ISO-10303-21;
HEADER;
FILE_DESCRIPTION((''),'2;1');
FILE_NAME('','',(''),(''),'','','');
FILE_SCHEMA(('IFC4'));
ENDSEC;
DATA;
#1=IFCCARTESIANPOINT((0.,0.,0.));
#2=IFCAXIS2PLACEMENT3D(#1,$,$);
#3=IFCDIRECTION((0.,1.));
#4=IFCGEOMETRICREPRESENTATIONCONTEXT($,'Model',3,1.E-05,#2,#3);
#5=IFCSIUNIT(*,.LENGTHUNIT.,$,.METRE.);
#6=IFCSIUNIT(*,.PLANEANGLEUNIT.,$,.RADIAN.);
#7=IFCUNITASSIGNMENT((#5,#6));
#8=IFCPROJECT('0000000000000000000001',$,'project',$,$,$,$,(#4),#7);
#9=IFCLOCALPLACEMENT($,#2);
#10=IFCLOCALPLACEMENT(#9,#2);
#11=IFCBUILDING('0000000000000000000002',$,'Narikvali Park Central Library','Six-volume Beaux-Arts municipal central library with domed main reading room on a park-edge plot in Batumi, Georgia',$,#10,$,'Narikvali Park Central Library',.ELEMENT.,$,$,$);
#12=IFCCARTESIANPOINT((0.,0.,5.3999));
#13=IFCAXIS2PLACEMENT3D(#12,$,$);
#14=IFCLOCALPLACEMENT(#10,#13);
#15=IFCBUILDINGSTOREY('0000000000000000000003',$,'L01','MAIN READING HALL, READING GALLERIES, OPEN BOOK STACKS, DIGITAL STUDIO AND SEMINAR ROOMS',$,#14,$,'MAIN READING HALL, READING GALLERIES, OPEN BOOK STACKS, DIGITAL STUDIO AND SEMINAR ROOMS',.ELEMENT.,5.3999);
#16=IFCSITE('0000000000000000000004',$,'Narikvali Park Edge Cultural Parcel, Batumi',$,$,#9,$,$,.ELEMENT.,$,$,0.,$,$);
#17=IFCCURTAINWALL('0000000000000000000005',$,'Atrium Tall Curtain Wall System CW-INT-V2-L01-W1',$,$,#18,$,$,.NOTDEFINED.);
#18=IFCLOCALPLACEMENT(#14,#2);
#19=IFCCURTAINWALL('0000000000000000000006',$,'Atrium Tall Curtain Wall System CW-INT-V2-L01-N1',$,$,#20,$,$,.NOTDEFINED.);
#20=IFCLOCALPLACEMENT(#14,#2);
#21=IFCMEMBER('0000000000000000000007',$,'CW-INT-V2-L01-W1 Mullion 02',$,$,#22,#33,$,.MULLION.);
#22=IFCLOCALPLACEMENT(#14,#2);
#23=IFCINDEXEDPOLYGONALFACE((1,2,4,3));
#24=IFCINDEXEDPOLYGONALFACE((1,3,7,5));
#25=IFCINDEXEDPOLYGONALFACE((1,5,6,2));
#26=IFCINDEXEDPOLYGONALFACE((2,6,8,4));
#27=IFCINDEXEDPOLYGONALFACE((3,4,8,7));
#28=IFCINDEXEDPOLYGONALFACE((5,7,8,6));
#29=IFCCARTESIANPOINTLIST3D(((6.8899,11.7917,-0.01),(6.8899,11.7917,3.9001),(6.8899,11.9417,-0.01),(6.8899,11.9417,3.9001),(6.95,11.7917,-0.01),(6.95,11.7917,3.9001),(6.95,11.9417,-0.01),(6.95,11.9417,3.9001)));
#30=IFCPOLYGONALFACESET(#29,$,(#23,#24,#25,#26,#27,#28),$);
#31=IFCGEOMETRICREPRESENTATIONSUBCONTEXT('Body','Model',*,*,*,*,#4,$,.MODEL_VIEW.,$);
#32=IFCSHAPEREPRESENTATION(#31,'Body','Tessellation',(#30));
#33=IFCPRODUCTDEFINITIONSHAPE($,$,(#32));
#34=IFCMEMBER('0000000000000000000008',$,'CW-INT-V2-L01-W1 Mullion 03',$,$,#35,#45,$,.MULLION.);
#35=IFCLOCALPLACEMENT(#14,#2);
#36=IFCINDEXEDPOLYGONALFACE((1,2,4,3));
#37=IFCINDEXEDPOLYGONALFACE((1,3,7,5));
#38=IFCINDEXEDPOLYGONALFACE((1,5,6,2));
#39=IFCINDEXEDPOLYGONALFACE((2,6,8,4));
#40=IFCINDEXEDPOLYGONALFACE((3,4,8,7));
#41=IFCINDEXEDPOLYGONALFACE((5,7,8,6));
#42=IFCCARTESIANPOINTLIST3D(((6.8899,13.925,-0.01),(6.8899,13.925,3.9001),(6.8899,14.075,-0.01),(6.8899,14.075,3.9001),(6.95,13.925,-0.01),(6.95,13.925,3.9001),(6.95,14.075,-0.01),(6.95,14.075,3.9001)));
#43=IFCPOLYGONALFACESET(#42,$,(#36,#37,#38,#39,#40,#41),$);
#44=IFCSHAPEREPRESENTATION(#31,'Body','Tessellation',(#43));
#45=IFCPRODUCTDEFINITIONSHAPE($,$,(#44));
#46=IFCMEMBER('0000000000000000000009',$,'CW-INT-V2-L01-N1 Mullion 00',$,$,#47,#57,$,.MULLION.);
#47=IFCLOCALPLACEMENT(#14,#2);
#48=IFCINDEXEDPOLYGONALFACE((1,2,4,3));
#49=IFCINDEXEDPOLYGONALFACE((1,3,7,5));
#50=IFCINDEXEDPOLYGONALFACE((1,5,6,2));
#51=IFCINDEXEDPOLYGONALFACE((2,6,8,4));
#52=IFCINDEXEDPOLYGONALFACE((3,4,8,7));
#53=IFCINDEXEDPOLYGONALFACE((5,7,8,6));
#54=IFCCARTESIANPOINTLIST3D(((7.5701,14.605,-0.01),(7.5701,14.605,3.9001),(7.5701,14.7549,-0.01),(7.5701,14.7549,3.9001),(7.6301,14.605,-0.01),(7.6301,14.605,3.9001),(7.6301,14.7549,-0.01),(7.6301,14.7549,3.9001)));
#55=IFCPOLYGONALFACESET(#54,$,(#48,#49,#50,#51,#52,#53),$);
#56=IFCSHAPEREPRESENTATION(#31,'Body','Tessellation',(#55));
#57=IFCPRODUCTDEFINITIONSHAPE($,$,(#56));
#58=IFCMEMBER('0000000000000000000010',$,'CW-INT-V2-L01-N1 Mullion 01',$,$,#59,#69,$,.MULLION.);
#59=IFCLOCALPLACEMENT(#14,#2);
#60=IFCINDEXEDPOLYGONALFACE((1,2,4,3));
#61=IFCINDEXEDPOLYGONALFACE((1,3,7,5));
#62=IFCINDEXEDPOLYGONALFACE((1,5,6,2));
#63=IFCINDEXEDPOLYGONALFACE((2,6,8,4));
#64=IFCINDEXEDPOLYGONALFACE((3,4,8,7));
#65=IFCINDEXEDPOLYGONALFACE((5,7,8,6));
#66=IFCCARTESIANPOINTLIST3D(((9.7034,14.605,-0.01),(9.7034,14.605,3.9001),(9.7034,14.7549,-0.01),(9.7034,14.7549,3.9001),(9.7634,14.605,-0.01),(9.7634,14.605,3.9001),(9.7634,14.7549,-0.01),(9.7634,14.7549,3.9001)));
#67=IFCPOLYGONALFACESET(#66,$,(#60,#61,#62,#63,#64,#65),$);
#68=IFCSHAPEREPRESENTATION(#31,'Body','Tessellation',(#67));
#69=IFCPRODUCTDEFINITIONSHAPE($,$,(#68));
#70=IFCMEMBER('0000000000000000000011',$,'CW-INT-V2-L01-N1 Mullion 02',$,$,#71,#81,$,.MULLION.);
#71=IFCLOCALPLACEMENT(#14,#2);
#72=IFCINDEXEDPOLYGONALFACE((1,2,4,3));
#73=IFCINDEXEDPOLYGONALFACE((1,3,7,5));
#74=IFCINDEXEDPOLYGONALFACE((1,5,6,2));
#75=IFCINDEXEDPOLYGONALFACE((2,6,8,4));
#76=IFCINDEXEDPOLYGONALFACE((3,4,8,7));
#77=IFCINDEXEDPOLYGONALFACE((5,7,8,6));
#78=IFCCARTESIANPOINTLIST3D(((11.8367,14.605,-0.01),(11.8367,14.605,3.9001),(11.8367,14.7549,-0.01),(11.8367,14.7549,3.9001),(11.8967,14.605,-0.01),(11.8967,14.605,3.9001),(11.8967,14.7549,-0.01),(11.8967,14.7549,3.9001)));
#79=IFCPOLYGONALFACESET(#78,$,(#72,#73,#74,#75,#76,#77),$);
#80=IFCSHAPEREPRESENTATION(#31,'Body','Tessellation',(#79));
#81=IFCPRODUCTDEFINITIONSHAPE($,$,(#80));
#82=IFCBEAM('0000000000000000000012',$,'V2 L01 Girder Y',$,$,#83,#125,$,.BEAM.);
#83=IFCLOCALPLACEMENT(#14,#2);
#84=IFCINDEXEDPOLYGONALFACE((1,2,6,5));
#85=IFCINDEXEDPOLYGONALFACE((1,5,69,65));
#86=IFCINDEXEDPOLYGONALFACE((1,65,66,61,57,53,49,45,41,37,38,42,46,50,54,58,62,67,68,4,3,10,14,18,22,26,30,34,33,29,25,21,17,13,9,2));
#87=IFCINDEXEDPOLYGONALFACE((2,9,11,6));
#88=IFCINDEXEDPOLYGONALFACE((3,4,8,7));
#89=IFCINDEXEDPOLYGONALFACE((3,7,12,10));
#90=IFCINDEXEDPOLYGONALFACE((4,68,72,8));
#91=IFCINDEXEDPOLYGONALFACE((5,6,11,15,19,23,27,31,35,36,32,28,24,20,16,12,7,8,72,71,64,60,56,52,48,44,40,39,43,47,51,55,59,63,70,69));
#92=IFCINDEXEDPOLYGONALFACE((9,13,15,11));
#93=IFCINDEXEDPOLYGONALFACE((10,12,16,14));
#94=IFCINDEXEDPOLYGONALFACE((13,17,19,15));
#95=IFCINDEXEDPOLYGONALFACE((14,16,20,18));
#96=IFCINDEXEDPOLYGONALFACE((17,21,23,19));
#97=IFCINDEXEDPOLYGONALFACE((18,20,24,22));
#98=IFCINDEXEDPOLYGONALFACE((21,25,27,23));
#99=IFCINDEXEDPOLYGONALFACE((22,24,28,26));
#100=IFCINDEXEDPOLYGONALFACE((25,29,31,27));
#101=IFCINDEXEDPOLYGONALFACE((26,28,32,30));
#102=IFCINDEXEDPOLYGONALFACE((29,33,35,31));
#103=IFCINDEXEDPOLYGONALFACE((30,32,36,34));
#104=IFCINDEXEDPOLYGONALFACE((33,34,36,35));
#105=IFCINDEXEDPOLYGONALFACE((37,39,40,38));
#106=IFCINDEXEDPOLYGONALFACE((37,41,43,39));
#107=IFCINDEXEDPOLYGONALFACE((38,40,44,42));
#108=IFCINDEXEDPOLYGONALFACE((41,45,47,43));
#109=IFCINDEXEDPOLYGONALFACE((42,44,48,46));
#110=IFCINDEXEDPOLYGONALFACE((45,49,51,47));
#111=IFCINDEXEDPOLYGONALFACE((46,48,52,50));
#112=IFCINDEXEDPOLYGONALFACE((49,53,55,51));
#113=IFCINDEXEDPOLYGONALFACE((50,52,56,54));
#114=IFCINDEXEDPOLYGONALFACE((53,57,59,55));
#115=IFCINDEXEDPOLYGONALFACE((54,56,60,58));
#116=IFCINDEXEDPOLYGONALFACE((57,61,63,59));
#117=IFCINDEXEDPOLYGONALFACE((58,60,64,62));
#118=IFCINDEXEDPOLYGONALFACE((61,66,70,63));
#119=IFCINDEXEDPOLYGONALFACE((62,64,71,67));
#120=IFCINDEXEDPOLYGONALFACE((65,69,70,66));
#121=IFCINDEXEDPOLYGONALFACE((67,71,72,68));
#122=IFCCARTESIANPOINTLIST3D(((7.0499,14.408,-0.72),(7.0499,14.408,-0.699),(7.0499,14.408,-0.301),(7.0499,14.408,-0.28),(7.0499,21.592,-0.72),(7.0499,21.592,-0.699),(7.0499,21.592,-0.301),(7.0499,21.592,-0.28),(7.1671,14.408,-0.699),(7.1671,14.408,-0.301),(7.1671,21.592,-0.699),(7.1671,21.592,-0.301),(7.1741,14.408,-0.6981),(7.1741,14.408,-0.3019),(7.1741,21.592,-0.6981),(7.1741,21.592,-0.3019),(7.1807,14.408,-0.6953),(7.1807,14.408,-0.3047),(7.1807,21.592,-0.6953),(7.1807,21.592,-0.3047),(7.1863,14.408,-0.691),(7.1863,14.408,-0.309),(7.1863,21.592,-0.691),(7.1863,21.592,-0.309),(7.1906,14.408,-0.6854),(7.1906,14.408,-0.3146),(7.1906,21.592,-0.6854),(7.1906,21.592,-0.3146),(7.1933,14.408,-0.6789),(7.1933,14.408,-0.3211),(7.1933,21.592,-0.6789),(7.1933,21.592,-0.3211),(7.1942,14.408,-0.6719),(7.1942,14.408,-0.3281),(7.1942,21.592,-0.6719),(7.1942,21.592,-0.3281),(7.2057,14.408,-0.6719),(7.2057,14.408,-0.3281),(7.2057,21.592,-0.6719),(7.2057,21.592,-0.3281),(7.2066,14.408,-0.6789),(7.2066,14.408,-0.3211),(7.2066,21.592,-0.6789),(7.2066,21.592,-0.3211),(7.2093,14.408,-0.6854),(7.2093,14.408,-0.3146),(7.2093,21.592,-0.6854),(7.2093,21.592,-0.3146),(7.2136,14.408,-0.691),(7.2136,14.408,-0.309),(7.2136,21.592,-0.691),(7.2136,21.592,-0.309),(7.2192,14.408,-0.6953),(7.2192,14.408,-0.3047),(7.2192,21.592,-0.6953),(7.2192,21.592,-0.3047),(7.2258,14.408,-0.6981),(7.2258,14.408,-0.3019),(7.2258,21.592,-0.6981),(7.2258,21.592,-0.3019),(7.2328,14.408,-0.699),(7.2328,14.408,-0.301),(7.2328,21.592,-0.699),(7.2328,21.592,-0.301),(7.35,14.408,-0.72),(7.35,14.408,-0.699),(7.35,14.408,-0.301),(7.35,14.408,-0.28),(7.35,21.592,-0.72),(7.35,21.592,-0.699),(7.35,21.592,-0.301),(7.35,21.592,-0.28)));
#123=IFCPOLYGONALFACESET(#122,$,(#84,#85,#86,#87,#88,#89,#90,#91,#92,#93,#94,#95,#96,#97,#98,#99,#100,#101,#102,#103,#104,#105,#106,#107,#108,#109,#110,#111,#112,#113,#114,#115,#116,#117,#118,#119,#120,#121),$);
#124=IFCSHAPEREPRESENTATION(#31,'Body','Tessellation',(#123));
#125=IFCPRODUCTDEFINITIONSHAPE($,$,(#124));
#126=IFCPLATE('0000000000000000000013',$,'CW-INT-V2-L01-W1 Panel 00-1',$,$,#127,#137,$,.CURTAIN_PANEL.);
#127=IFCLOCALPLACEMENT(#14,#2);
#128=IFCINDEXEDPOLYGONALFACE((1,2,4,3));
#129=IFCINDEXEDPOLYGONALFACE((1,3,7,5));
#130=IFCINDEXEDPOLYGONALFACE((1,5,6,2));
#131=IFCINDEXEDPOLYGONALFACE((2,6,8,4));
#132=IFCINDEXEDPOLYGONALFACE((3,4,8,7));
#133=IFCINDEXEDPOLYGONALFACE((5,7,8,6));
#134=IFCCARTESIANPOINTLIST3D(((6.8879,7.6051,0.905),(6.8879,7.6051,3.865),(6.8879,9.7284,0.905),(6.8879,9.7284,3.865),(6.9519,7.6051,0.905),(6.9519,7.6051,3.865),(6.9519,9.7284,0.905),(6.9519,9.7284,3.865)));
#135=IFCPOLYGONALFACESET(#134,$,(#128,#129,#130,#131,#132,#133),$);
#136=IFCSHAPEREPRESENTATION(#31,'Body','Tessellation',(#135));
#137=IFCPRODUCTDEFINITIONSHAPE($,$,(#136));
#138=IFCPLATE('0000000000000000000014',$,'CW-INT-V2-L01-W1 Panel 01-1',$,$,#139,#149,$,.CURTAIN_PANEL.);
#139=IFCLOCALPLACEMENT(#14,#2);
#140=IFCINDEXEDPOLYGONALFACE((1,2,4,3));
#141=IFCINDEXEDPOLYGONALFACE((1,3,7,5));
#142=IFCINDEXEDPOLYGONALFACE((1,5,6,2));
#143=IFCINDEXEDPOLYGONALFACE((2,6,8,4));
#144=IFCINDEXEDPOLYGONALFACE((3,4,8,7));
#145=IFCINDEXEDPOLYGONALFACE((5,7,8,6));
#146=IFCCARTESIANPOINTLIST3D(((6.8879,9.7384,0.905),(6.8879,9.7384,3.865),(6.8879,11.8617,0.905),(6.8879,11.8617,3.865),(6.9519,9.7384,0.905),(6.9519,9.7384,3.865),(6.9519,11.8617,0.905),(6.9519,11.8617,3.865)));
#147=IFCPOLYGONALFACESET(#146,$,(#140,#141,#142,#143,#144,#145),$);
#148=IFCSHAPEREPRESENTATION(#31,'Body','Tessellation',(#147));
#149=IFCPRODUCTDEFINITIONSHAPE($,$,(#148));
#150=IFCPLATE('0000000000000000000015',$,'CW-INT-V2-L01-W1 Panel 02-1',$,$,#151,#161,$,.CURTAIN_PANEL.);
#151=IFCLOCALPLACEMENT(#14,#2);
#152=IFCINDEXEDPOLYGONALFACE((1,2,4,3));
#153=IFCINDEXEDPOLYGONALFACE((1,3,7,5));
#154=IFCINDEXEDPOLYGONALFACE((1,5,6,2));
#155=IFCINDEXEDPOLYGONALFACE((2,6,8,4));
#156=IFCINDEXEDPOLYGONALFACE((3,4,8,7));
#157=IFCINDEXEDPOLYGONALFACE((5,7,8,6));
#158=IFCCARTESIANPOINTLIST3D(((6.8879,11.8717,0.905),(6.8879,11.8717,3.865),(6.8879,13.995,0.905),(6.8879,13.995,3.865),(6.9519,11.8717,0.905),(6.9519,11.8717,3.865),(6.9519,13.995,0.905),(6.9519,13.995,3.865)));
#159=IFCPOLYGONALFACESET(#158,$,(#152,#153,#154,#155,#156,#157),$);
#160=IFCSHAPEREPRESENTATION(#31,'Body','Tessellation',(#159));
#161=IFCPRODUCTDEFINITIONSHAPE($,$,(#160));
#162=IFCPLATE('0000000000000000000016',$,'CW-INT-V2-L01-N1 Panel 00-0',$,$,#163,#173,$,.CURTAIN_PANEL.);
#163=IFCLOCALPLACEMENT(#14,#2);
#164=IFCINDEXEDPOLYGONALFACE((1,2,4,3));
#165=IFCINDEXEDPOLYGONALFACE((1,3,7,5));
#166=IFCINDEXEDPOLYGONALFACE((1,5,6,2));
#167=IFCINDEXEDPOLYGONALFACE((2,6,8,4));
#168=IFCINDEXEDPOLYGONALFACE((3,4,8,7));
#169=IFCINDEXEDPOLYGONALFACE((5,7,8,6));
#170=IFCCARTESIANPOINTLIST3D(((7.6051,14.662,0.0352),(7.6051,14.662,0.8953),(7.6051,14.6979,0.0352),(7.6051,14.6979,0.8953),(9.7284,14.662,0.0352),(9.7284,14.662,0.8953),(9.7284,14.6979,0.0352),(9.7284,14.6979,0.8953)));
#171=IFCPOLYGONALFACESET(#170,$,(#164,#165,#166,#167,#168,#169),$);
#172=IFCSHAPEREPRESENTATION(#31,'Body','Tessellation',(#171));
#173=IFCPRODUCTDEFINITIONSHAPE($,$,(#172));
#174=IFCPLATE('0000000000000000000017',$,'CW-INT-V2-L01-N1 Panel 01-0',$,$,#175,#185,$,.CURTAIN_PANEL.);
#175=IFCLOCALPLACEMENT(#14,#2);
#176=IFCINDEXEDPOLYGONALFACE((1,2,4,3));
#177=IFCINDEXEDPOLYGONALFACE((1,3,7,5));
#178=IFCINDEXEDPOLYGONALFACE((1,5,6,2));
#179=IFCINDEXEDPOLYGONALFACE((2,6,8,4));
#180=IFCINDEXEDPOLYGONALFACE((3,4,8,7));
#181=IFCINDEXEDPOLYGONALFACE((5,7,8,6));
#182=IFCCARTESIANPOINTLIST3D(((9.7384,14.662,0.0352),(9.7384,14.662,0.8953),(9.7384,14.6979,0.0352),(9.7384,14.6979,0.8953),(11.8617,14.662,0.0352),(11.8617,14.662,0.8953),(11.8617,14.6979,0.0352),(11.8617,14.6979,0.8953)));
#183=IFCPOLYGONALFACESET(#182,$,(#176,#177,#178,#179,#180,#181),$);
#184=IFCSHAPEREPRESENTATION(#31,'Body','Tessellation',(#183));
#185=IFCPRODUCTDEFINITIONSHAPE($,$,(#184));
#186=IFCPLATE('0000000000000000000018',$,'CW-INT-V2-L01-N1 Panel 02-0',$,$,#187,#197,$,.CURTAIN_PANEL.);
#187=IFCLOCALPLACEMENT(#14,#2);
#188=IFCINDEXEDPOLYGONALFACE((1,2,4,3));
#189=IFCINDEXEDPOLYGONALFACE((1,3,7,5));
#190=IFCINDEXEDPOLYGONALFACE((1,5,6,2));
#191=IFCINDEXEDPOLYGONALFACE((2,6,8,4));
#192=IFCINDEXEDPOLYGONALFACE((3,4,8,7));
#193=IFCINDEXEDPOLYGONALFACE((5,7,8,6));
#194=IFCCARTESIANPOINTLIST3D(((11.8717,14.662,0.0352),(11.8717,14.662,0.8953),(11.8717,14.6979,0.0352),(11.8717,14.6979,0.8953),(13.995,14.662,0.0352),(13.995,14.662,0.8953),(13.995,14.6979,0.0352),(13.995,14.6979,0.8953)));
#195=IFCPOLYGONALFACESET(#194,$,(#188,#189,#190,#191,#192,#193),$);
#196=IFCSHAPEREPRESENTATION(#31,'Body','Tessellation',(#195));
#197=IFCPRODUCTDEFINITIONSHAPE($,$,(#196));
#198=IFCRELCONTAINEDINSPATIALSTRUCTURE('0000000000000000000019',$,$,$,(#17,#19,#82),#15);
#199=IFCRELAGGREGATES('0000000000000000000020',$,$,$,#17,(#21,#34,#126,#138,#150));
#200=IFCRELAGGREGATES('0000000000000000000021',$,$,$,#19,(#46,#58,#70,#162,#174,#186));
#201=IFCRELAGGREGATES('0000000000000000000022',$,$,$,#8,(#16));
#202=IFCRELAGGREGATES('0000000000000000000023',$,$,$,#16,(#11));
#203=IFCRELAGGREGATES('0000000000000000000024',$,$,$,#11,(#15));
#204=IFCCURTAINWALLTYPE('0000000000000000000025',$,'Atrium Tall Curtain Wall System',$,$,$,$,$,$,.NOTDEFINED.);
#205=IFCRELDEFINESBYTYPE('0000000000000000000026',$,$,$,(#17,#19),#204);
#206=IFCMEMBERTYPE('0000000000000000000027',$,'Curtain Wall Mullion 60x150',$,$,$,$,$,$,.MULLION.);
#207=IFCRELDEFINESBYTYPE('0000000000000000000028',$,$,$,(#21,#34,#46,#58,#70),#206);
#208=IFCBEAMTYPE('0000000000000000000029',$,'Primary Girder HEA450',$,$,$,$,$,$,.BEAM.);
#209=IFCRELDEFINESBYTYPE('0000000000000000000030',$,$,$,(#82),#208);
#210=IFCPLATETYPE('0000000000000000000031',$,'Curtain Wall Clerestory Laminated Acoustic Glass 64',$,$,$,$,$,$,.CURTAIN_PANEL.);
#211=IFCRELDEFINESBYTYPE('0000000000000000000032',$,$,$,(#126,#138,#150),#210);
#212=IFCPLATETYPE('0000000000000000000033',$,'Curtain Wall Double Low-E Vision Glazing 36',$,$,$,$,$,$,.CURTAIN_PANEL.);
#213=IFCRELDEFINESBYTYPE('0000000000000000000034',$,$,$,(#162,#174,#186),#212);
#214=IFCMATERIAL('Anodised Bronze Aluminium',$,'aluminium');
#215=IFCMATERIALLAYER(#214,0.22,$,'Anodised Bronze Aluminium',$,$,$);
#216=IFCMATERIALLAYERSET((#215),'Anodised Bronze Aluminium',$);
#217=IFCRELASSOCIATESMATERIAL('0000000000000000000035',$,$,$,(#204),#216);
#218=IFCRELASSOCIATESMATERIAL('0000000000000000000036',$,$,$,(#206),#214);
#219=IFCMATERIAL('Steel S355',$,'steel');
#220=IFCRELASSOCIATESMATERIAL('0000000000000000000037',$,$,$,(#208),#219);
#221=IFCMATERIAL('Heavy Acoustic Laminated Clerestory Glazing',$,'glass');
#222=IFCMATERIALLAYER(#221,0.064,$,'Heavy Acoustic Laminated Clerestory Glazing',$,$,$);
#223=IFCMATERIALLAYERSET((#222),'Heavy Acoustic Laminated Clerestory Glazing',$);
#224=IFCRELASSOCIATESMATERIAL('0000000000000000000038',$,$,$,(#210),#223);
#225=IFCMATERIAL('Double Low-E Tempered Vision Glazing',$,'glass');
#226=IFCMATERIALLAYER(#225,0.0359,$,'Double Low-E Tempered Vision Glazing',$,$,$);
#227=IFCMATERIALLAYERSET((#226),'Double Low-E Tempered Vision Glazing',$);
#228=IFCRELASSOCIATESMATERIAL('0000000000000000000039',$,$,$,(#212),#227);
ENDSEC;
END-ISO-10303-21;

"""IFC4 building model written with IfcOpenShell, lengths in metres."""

from ifc_helpers import new_model, si_unit, direction, frame, origin, origin_2d, place, context, subcontext, project, spatial, rectangle, i_section, extrude, material, layer, layer_set, material_profile, profile_set, type_object, element, aggregate, save


model = new_model("IFC4")

# Units and contexts
model_context = context("Model", 3, precision=1e-05, world=origin(), true_north=direction((0.0, 1.0)))
body_context = subcontext(model_context, "Body", "Model", "MODEL_VIEW")
ifc_project = project(units=[si_unit("LENGTHUNIT", "METRE"), si_unit("PLANEANGLEUNIT", "RADIAN")], contexts=[model_context])

# Site, building, storey
site_placement = place(None, origin())
site = spatial("IfcSite", under=ifc_project, at=site_placement, Name="Narikvali Park Edge Cultural Parcel, Batumi", CompositionType="ELEMENT", RefElevation=0.0)
building_placement = place(site_placement, origin())
building = spatial("IfcBuilding", under=site, at=building_placement, Name="Narikvali Park Central Library", Description="Six-volume Beaux-Arts municipal central library with domed main reading room on a park-edge plot in Batumi, Georgia", LongName="Narikvali Park Central Library", CompositionType="ELEMENT")
storey_placement = place(building_placement, frame((0.0, 0.0, 5.3999)))
storey = spatial("IfcBuildingStorey", under=building, at=storey_placement, Name="L01", Description="MAIN READING HALL, READING GALLERIES, OPEN BOOK STACKS, DIGITAL STUDIO AND SEMINAR ROOMS", LongName="MAIN READING HALL, READING GALLERIES, OPEN BOOK STACKS, DIGITAL STUDIO AND SEMINAR ROOMS", CompositionType="ELEMENT", Elevation=5.3999)

# Shared definitions
ifc_material_1 = material(Name="Steel S355", Category="steel")

# Curtain walls
ifc_material_2 = material(Name="Anodised Bronze Aluminium", Category="aluminium")
ifc_layer_1 = layer(ifc_material_2, 0.22, Name="Anodised Bronze Aluminium")
ifc_layer_set_1 = layer_set([ifc_layer_1], Name="Anodised Bronze Aluminium")
curtain_wall_type = type_object("IfcCurtainWallType", Name="Atrium Tall Curtain Wall System", PredefinedType="NOTDEFINED", material=ifc_layer_set_1)
curtain_wall_1_placement = place(storey_placement, origin())
curtain_wall_1 = element("IfcCurtainWall", 1, at=curtain_wall_1_placement, inside=storey, type_object=curtain_wall_type, Name="Atrium Tall Curtain Wall System CW-INT-V2-L01-W1", PredefinedType="NOTDEFINED")
curtain_wall_2_placement = place(storey_placement, origin())
curtain_wall_2 = element("IfcCurtainWall", 2, at=curtain_wall_2_placement, inside=storey, type_object=curtain_wall_type, Name="Atrium Tall Curtain Wall System CW-INT-V2-L01-N1", PredefinedType="NOTDEFINED")

# Members
ifc_material_profile_1 = material_profile(ifc_material_2, rectangle(XDim=0.0601, YDim=0.1499, at=origin_2d()), Name="CW MULLION 60x150")
ifc_profile_set_1 = profile_set([ifc_material_profile_1], Name="Anodised Bronze Aluminium")
member_type_1 = type_object("IfcMemberType", Name="Curtain Wall Mullion 60x150", PredefinedType="MULLION", material=ifc_profile_set_1)
member_1_placement = place(storey_placement, frame((6.9199, 11.8667, -0.01), z_axis=(0.0, 0.0, 1.0), x_axis=(1.0, 0.0, 0.0)))
member_1 = element("IfcMember", 3, at=member_1_placement, type_object=member_type_1, Name="CW-INT-V2-L01-W1 Mullion 02", PredefinedType="MULLION", context=body_context, shape_type="SweptSolid", body=[
    extrude(rectangle(XDim=0.0601, YDim=0.1499, at=origin_2d()), origin(), (0.0, 0.0, 1.0), 3.9102),
])
member_2_placement = place(storey_placement, frame((6.9199, 14.0, -0.01), z_axis=(0.0, 0.0, 1.0), x_axis=(1.0, 0.0, 0.0)))
member_2 = element("IfcMember", 4, at=member_2_placement, type_object=member_type_1, Name="CW-INT-V2-L01-W1 Mullion 03", PredefinedType="MULLION", context=body_context, shape_type="SweptSolid", body=[
    extrude(rectangle(XDim=0.0601, YDim=0.1499, at=origin_2d()), origin(), (0.0, 0.0, 1.0), 3.9102),
])
member_3_placement = place(storey_placement, frame((7.6001, 14.6799, -0.01), z_axis=(0.0, 0.0, 1.0), x_axis=(1.0, 0.0, 0.0)))
member_3 = element("IfcMember", 5, at=member_3_placement, type_object=member_type_1, Name="CW-INT-V2-L01-N1 Mullion 00", PredefinedType="MULLION", context=body_context, shape_type="SweptSolid", body=[
    extrude(rectangle(XDim=0.0601, YDim=0.1499, at=origin_2d()), origin(), (0.0, 0.0, 1.0), 3.9102),
])
member_4_placement = place(storey_placement, frame((9.7334, 14.6799, -0.01), z_axis=(0.0, 0.0, 1.0), x_axis=(1.0, 0.0, 0.0)))
member_4 = element("IfcMember", 6, at=member_4_placement, type_object=member_type_1, Name="CW-INT-V2-L01-N1 Mullion 01", PredefinedType="MULLION", context=body_context, shape_type="SweptSolid", body=[
    extrude(rectangle(XDim=0.0601, YDim=0.1499, at=origin_2d()), origin(), (0.0, 0.0, 1.0), 3.9102),
])
member_5_placement = place(storey_placement, frame((11.8667, 14.6799, -0.01), z_axis=(0.0, 0.0, 1.0), x_axis=(1.0, 0.0, 0.0)))
member_5 = element("IfcMember", 7, at=member_5_placement, type_object=member_type_1, Name="CW-INT-V2-L01-N1 Mullion 02", PredefinedType="MULLION", context=body_context, shape_type="SweptSolid", body=[
    extrude(rectangle(XDim=0.0601, YDim=0.1499, at=origin_2d()), origin(), (0.0, 0.0, 1.0), 3.9102),
])

# Beam
ifc_material_profile_2 = material_profile(ifc_material_1, i_section(OverallWidth=0.3, OverallDepth=0.4399, WebThickness=0.0115, FlangeThickness=0.021, FilletRadius=0.0271, at=origin_2d()), Name="HEA 450")
ifc_profile_set_2 = profile_set([ifc_material_profile_2], Name="Steel S355")
beam_type = type_object("IfcBeamType", Name="Primary Girder HEA450", PredefinedType="BEAM", material=ifc_profile_set_2)
beam_placement = place(storey_placement, frame((7.2, 14.408, -0.5), z_axis=(0.0, 1.0, 0.0), x_axis=(-1.0, 0.0, 0.0)))
element("IfcBeam", 8, at=beam_placement, inside=storey, type_object=beam_type, Name="V2 L01 Girder Y", PredefinedType="BEAM", context=body_context, shape_type="SweptSolid", body=[
    extrude(i_section(OverallWidth=0.3, OverallDepth=0.4399, WebThickness=0.0115, FlangeThickness=0.021, FilletRadius=0.0271, at=origin_2d()), origin(), (0.0, 0.0, 1.0), 7.1841),
])

# Plates
ifc_material_3 = material(Name="Heavy Acoustic Laminated Clerestory Glazing", Category="glass")
ifc_layer_2 = layer(ifc_material_3, 0.064, Name="Heavy Acoustic Laminated Clerestory Glazing")
ifc_layer_set_2 = layer_set([ifc_layer_2], Name="Heavy Acoustic Laminated Clerestory Glazing")
plate_type_1 = type_object("IfcPlateType", Name="Curtain Wall Clerestory Laminated Acoustic Glass 64", PredefinedType="CURTAIN_PANEL", material=ifc_layer_set_2)
plate_1_placement = place(storey_placement, frame((6.9199, 8.6667, 0.905), z_axis=(0.0, 0.0, 1.0), x_axis=(0.0, 1.0, 0.0)))
plate_1 = element("IfcPlate", 9, at=plate_1_placement, type_object=plate_type_1, Name="CW-INT-V2-L01-W1 Panel 00-1", PredefinedType="CURTAIN_PANEL", context=body_context, shape_type="SweptSolid", body=[
    extrude(rectangle(XDim=2.1233, YDim=0.064, at=origin_2d()), origin(), (0.0, 0.0, 1.0), 2.96),
])
plate_2_placement = place(storey_placement, frame((6.9199, 10.8, 0.905), z_axis=(0.0, 0.0, 1.0), x_axis=(0.0, 1.0, 0.0)))
plate_2 = element("IfcPlate", 10, at=plate_2_placement, type_object=plate_type_1, Name="CW-INT-V2-L01-W1 Panel 01-1", PredefinedType="CURTAIN_PANEL", context=body_context, shape_type="SweptSolid", body=[
    extrude(rectangle(XDim=2.1233, YDim=0.064, at=origin_2d()), origin(), (0.0, 0.0, 1.0), 2.96),
])
plate_3_placement = place(storey_placement, frame((6.9199, 12.9333, 0.905), z_axis=(0.0, 0.0, 1.0), x_axis=(0.0, 1.0, 0.0)))
plate_3 = element("IfcPlate", 11, at=plate_3_placement, type_object=plate_type_1, Name="CW-INT-V2-L01-W1 Panel 02-1", PredefinedType="CURTAIN_PANEL", context=body_context, shape_type="SweptSolid", body=[
    extrude(rectangle(XDim=2.1233, YDim=0.064, at=origin_2d()), origin(), (0.0, 0.0, 1.0), 2.96),
])
ifc_material_4 = material(Name="Double Low-E Tempered Vision Glazing", Category="glass")
ifc_layer_3 = layer(ifc_material_4, 0.0359, Name="Double Low-E Tempered Vision Glazing")
ifc_layer_set_3 = layer_set([ifc_layer_3], Name="Double Low-E Tempered Vision Glazing")
plate_type_2 = type_object("IfcPlateType", Name="Curtain Wall Double Low-E Vision Glazing 36", PredefinedType="CURTAIN_PANEL", material=ifc_layer_set_3)
plate_4_placement = place(storey_placement, frame((8.6667, 14.6799, 0.0352), z_axis=(0.0, 0.0, 1.0), x_axis=(1.0, 0.0, 0.0)))
plate_4 = element("IfcPlate", 12, at=plate_4_placement, type_object=plate_type_2, Name="CW-INT-V2-L01-N1 Panel 00-0", PredefinedType="CURTAIN_PANEL", context=body_context, shape_type="SweptSolid", body=[
    extrude(rectangle(XDim=2.1233, YDim=0.0359, at=origin_2d()), origin(), (0.0, 0.0, 1.0), 0.8601),
])
plate_5_placement = place(storey_placement, frame((10.8, 14.6799, 0.0352), z_axis=(0.0, 0.0, 1.0), x_axis=(1.0, 0.0, 0.0)))
plate_5 = element("IfcPlate", 13, at=plate_5_placement, type_object=plate_type_2, Name="CW-INT-V2-L01-N1 Panel 01-0", PredefinedType="CURTAIN_PANEL", context=body_context, shape_type="SweptSolid", body=[
    extrude(rectangle(XDim=2.1233, YDim=0.0359, at=origin_2d()), origin(), (0.0, 0.0, 1.0), 0.8601),
])
plate_6_placement = place(storey_placement, frame((12.9333, 14.6799, 0.0352), z_axis=(0.0, 0.0, 1.0), x_axis=(1.0, 0.0, 0.0)))
plate_6 = element("IfcPlate", 14, at=plate_6_placement, type_object=plate_type_2, Name="CW-INT-V2-L01-N1 Panel 02-0", PredefinedType="CURTAIN_PANEL", context=body_context, shape_type="SweptSolid", body=[
    extrude(rectangle(XDim=2.1233, YDim=0.0359, at=origin_2d()), origin(), (0.0, 0.0, 1.0), 0.8601),
])
aggregate(curtain_wall_1, [member_1, member_2, plate_1, plate_2, plate_3])
aggregate(curtain_wall_2, [member_3, member_4, member_5, plate_4, plate_5, plate_6])

save(model, "model.ifc")
